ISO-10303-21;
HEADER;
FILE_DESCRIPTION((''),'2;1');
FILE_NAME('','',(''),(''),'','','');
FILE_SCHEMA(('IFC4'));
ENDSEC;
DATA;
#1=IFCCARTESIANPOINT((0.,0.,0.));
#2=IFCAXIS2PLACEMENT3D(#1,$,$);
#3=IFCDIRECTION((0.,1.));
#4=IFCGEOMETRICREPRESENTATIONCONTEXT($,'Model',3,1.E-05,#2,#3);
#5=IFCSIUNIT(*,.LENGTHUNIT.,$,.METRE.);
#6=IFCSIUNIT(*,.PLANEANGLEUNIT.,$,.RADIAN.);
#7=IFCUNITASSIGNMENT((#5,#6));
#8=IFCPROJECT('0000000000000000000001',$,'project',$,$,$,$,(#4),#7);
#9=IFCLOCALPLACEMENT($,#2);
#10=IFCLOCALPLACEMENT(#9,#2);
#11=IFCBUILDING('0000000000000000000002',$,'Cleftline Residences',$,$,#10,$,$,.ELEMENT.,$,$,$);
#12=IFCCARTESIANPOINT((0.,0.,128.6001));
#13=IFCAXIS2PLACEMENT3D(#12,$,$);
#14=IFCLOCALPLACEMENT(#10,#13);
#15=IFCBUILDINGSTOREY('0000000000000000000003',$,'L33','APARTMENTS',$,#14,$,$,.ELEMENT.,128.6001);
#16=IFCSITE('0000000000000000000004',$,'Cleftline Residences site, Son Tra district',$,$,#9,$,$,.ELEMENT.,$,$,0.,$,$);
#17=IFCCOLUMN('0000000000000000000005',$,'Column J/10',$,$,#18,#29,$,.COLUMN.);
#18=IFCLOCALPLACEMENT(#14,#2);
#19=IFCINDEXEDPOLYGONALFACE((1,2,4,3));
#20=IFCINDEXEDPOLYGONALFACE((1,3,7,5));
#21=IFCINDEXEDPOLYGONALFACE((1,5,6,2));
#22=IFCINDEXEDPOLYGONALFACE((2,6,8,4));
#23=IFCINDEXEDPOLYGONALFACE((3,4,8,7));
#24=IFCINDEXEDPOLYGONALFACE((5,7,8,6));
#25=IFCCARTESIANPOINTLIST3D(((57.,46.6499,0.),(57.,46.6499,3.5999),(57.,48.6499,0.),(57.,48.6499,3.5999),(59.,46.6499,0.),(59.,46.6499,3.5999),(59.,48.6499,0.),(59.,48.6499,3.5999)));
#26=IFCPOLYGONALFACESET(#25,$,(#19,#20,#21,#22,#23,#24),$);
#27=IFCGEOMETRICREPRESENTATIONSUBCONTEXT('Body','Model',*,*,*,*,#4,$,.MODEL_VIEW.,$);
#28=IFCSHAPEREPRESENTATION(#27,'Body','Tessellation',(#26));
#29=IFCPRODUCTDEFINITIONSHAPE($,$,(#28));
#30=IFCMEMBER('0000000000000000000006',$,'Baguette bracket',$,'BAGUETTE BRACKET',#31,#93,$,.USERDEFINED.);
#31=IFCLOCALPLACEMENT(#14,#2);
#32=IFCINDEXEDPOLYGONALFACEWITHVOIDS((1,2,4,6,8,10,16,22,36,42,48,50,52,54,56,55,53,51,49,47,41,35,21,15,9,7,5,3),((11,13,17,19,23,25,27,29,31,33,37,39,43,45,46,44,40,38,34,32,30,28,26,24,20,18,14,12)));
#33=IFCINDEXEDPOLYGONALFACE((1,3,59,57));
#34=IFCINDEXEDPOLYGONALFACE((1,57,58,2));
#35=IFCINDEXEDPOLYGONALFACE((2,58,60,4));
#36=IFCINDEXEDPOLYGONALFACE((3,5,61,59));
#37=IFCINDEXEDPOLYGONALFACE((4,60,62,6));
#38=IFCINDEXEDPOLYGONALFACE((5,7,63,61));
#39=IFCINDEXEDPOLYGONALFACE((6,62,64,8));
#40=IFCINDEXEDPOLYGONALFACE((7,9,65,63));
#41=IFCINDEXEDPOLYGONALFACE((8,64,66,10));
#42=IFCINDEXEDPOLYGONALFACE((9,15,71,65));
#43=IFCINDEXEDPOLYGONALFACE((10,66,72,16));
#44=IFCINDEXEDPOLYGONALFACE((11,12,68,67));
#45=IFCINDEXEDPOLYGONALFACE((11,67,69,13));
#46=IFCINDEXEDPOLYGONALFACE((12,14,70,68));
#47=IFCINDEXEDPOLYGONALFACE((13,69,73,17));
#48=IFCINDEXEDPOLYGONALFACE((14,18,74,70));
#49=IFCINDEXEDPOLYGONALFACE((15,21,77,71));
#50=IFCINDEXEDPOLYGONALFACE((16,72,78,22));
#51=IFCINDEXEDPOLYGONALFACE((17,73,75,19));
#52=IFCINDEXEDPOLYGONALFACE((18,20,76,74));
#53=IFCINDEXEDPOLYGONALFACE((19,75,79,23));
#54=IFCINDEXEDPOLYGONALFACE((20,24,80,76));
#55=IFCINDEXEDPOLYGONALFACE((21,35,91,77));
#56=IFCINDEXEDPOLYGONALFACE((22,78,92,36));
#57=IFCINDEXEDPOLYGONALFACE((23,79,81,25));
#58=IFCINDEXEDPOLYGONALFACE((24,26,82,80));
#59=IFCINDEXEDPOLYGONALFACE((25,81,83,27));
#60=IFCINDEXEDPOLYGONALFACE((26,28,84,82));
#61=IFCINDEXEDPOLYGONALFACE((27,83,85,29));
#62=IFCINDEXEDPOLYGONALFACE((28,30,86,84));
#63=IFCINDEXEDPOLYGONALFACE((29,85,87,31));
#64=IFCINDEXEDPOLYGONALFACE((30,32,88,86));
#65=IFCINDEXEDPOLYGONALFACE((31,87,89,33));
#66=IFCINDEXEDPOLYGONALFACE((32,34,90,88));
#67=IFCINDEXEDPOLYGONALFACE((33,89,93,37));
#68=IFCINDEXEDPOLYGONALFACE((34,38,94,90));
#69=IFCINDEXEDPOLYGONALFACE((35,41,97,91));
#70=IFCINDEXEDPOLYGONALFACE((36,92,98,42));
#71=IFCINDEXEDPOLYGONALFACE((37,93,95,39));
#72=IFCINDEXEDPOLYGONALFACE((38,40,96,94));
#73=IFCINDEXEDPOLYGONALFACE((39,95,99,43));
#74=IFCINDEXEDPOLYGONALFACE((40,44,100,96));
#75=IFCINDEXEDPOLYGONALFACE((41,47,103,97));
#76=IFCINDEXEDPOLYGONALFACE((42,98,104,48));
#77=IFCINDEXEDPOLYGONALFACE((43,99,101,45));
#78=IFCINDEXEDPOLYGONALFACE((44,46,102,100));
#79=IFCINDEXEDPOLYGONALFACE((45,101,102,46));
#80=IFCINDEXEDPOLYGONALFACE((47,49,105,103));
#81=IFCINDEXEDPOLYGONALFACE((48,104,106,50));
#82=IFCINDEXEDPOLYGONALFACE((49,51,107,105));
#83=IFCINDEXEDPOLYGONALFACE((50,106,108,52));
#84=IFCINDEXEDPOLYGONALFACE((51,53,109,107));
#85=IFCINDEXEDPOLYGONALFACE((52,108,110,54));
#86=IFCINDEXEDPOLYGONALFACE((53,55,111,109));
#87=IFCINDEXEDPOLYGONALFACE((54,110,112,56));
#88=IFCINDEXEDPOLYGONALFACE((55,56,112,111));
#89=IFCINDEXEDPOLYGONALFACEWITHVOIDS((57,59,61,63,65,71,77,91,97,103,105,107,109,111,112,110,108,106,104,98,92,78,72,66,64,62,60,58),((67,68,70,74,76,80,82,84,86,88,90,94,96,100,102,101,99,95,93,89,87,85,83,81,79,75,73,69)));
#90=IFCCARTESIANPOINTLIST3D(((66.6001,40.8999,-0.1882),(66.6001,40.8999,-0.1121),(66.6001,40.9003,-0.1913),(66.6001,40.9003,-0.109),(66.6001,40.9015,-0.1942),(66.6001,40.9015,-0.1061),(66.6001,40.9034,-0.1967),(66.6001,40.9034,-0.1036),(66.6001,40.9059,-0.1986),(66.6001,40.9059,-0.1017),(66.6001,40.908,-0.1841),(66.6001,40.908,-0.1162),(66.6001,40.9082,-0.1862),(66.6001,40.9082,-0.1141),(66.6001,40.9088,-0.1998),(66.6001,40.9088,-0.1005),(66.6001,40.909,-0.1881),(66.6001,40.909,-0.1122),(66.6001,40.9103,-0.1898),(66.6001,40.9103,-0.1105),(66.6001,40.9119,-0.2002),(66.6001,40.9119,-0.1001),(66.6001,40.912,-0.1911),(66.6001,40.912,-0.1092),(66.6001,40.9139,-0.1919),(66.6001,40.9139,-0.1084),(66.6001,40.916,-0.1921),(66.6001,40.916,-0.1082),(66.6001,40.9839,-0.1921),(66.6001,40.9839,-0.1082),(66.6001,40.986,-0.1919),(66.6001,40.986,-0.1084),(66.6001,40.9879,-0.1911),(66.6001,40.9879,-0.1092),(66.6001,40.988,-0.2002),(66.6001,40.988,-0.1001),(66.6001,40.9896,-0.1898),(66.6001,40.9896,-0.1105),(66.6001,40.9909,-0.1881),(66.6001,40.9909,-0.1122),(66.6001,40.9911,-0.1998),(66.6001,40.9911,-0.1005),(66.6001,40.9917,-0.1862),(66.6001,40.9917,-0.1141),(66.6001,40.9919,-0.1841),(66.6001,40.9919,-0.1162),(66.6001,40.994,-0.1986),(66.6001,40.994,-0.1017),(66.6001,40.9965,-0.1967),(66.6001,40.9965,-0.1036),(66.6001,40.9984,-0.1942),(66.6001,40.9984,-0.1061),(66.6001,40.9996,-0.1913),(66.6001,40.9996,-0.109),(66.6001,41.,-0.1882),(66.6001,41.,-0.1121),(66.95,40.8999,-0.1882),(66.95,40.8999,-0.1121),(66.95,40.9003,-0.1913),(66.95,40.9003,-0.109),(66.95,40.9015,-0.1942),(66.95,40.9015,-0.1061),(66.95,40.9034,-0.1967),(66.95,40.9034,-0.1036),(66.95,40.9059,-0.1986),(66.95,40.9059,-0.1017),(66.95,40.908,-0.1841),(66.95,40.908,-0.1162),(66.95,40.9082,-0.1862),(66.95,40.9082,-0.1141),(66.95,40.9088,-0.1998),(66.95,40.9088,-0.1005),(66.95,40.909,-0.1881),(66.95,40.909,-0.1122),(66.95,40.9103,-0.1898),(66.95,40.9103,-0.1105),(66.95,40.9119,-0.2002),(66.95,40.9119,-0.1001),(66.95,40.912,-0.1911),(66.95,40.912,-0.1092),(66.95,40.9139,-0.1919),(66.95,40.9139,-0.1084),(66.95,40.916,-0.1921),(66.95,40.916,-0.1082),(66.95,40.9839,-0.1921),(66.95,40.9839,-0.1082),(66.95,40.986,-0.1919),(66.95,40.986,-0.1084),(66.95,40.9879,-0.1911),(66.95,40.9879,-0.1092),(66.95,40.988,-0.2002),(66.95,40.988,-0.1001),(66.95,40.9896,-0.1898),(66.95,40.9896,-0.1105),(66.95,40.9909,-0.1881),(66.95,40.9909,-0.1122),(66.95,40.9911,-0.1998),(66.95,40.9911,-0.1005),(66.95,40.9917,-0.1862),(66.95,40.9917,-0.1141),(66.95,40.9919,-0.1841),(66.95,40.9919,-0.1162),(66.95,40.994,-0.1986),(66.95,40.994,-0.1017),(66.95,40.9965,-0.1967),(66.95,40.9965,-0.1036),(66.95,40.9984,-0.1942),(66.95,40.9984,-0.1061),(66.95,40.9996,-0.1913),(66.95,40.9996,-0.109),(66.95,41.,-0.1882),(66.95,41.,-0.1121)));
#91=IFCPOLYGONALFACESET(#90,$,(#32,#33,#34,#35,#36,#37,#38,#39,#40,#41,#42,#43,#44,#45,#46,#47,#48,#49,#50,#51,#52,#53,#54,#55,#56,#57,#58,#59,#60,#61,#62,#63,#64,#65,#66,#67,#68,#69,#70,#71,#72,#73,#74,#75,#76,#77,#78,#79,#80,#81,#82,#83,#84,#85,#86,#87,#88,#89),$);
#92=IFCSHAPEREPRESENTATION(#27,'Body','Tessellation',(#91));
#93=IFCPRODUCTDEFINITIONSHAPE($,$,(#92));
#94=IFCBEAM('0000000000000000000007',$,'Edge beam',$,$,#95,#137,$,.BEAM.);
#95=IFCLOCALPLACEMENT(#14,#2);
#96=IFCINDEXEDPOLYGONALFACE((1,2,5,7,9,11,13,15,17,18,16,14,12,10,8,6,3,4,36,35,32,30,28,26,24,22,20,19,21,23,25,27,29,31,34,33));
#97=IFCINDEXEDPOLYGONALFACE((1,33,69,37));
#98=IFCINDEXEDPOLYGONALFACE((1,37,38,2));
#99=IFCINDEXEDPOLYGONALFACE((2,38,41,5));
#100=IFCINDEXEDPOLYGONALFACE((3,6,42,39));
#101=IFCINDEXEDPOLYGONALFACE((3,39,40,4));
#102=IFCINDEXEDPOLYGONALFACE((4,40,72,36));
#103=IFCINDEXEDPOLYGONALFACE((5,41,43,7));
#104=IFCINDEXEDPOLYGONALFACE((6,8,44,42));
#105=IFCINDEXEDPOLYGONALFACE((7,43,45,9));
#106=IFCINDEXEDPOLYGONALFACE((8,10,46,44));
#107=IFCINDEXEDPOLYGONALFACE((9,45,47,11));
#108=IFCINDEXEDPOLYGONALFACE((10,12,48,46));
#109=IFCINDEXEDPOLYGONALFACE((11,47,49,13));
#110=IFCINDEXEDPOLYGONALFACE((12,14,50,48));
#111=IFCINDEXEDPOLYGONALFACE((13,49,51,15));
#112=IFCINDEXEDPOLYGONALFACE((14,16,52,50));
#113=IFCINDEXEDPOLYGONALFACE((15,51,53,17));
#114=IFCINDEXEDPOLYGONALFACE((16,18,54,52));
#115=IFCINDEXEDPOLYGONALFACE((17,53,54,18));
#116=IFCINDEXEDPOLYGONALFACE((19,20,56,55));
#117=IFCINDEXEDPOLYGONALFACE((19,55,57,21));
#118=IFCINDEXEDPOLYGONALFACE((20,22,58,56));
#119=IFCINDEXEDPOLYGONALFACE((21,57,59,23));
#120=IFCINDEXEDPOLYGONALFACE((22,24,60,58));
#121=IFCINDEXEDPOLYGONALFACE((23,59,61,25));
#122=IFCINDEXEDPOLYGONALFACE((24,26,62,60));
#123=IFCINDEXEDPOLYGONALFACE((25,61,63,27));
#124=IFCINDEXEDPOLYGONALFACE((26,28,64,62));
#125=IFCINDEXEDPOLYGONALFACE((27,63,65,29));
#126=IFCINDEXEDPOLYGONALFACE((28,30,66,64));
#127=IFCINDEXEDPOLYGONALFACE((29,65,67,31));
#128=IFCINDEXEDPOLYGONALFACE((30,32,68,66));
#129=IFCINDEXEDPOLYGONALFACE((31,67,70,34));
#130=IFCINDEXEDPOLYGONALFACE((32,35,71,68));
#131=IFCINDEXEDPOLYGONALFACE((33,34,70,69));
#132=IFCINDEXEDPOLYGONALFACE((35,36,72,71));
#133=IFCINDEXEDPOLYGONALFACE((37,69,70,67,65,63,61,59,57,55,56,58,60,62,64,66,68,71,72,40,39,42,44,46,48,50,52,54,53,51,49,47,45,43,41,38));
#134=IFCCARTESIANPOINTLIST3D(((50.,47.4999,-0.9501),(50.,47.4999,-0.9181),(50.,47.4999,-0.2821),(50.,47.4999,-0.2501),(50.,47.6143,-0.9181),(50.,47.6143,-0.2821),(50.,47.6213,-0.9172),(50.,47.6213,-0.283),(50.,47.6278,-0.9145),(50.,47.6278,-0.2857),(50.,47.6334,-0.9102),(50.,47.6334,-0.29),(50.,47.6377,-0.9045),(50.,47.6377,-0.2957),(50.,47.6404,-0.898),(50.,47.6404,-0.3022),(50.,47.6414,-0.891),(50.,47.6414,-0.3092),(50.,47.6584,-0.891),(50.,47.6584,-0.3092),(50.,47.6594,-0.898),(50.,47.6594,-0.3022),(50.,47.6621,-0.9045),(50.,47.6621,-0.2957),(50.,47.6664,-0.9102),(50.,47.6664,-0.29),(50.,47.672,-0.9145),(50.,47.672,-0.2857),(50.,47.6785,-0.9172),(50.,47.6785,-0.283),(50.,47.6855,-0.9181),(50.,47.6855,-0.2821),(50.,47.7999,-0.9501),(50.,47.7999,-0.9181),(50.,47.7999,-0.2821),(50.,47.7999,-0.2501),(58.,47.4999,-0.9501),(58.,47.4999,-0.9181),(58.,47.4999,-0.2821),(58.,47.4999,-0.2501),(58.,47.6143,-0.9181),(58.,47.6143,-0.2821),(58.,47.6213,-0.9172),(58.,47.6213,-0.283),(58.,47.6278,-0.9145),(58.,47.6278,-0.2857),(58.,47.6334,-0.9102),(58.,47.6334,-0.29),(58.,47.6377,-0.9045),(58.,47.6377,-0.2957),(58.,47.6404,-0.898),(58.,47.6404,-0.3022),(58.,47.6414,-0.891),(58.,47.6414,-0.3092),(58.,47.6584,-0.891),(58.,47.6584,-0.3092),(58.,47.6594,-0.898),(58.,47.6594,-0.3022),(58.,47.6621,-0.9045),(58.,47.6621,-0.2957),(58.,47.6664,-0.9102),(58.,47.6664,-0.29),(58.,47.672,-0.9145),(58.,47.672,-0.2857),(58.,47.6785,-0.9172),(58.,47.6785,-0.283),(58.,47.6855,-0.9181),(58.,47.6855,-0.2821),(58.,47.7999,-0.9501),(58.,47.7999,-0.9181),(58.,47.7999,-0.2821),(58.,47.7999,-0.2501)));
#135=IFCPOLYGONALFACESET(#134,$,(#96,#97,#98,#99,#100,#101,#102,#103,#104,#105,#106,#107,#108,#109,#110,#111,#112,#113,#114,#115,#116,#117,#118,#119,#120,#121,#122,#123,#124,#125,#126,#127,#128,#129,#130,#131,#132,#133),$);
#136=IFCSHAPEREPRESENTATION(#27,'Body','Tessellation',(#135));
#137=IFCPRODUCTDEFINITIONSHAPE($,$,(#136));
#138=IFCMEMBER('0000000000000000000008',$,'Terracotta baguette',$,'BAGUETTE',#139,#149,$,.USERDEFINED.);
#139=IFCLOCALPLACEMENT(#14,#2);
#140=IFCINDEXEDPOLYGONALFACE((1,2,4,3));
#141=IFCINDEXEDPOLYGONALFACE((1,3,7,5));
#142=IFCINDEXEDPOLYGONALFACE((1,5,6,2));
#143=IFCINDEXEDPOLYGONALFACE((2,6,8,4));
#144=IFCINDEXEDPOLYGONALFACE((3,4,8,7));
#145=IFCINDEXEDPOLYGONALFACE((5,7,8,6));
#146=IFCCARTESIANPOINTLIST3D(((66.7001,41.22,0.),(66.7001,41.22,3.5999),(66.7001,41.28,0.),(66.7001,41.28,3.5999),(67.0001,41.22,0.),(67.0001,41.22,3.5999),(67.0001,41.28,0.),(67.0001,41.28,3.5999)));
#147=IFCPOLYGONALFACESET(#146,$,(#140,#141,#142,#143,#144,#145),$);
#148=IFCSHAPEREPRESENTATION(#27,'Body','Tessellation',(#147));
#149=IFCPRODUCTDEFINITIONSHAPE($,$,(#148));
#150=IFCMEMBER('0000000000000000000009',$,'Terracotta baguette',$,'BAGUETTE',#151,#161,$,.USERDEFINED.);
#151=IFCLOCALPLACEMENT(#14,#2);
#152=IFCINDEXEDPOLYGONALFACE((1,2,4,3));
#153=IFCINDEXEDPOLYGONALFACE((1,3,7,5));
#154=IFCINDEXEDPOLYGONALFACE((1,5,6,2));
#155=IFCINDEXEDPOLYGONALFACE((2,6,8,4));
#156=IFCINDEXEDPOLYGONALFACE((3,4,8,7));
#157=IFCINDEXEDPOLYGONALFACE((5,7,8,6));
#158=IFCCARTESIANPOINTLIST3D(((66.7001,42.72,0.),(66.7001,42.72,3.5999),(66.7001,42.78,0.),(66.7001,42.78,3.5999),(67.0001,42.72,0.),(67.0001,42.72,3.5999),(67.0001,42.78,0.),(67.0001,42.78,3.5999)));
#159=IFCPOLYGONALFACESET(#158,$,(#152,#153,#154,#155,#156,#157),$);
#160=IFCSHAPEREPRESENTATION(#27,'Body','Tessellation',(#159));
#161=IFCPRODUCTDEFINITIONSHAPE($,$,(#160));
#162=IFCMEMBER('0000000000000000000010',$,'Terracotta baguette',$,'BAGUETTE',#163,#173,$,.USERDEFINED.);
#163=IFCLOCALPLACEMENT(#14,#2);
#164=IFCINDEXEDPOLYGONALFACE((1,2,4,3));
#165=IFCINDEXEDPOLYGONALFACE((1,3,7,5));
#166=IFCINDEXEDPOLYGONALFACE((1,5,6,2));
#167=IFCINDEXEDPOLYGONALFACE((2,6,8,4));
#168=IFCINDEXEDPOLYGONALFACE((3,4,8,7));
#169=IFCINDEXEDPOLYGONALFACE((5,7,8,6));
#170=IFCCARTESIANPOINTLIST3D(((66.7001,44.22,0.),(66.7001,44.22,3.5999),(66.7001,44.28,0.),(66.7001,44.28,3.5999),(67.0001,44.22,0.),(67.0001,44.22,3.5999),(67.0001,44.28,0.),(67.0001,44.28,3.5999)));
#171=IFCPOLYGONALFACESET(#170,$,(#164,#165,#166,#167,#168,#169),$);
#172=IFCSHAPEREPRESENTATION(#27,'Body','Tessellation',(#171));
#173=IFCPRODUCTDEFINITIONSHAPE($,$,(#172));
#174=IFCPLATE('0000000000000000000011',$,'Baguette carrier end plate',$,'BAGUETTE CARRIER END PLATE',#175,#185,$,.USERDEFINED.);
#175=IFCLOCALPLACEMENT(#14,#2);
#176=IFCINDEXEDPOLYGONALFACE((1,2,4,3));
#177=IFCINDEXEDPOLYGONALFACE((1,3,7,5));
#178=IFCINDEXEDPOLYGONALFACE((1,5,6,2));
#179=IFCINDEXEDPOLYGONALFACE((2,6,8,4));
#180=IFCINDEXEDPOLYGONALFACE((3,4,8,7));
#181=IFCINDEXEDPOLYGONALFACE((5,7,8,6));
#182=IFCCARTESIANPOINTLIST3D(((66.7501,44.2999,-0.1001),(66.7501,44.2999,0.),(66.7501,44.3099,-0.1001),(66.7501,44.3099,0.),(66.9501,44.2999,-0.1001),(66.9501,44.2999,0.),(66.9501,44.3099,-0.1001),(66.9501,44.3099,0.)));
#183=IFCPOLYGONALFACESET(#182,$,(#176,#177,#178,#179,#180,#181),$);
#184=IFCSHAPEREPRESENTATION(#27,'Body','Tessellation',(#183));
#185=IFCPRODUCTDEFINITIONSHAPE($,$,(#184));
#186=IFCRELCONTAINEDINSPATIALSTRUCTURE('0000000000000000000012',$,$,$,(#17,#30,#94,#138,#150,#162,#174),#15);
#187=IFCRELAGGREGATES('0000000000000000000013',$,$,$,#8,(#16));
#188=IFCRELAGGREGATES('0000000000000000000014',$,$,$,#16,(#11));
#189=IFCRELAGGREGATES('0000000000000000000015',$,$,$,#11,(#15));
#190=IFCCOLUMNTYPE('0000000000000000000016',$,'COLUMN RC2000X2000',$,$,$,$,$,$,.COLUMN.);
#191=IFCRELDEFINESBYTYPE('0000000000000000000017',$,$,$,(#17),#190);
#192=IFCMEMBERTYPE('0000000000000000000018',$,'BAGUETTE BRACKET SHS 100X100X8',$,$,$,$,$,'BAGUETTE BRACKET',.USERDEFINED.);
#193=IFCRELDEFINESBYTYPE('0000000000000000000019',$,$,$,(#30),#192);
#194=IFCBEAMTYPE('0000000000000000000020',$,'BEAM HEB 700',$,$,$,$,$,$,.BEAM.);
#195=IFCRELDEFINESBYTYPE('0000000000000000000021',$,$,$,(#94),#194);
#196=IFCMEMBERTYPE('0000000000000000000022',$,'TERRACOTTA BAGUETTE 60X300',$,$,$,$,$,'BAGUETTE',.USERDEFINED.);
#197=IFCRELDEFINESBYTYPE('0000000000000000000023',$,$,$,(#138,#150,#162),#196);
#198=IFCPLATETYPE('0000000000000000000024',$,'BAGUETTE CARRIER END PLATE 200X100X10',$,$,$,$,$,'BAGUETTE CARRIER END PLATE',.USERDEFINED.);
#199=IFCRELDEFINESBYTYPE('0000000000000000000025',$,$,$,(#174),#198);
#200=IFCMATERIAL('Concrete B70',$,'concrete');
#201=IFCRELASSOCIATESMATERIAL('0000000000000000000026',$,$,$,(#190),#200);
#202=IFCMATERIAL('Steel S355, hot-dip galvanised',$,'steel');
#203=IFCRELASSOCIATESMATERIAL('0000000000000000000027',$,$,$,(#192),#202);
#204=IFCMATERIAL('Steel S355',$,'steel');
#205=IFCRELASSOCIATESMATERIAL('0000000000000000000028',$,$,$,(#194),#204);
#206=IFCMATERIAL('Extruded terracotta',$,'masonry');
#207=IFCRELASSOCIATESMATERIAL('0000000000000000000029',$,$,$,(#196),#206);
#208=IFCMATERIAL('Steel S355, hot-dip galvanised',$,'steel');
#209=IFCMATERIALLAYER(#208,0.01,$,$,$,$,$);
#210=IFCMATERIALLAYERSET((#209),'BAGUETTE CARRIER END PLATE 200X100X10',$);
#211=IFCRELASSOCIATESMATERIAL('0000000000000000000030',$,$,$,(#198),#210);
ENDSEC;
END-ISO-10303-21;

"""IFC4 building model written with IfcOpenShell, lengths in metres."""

from ifc_helpers import new_model, si_unit, direction, frame, origin, origin_2d, place, context, subcontext, project, spatial, rectangle, hollow_rectangle, i_section, extrude, material, layer, layer_set, material_profile, profile_set, type_object, element, save


model = new_model("IFC4")

# Units and contexts
model_context = context("Model", 3, precision=1e-05, world=origin(), true_north=direction((0.0, 1.0)))
body_context = subcontext(model_context, "Body", "Model", "MODEL_VIEW")
ifc_project = project(units=[si_unit("LENGTHUNIT", "METRE"), si_unit("PLANEANGLEUNIT", "RADIAN")], contexts=[model_context])

# Site, building, storey
site_placement = place(None, origin())
site = spatial("IfcSite", under=ifc_project, at=site_placement, Name="Cleftline Residences site, Son Tra district", CompositionType="ELEMENT", RefElevation=0.0)
building_placement = place(site_placement, origin())
building = spatial("IfcBuilding", under=site, at=building_placement, Name="Cleftline Residences", CompositionType="ELEMENT")
storey_placement = place(building_placement, frame((0.0, 0.0, 128.6001)))
storey = spatial("IfcBuildingStorey", under=building, at=storey_placement, Name="L33", Description="APARTMENTS", CompositionType="ELEMENT", Elevation=128.6001)

# Column
ifc_material_1 = material(Name="Concrete B70", Category="concrete")
ifc_material_profile_1 = material_profile(ifc_material_1, rectangle(XDim=2.0, YDim=2.0, at=origin_2d()))
ifc_profile_set_1 = profile_set([ifc_material_profile_1], Name="Concrete B70")
column_type = type_object("IfcColumnType", Name="COLUMN RC2000X2000", PredefinedType="COLUMN", material=ifc_profile_set_1)
column_placement = place(storey_placement, frame((58.0, 47.6499, 0.0), z_axis=(0.0, 0.0, 1.0), x_axis=(1.0, 0.0, 0.0)))
element("IfcColumn", 1, at=column_placement, inside=storey, type_object=column_type, Name="Column J/10", PredefinedType="COLUMN", context=body_context, shape_type="SweptSolid", body=[
    extrude(rectangle(XDim=2.0, YDim=2.0, at=origin_2d()), origin(), (0.0, 0.0, 1.0), 3.5999),
])

# Member
ifc_material_2 = material(Name="Steel S355, hot-dip galvanised", Category="steel")
ifc_material_profile_2 = material_profile(ifc_material_2, hollow_rectangle(XDim=0.1001, YDim=0.1001, WallThickness=0.0081, InnerFilletRadius=0.0081, OuterFilletRadius=0.012, at=origin_2d()))
ifc_profile_set_2 = profile_set([ifc_material_profile_2], Name="Steel S355, hot-dip galvanised")
member_type_1 = type_object("IfcMemberType", Name="BAGUETTE BRACKET SHS 100X100X8", ElementType="BAGUETTE BRACKET", PredefinedType="USERDEFINED", material=ifc_profile_set_2)
member_placement = place(storey_placement, frame((66.6001, 40.95, -0.1501), z_axis=(1.0, 0.0, 0.0), x_axis=(0.0, 1.0, 0.0)))
element("IfcMember", 2, at=member_placement, inside=storey, type_object=member_type_1, Name="Baguette bracket", ObjectType="BAGUETTE BRACKET", PredefinedType="USERDEFINED", context=body_context, shape_type="SweptSolid", body=[
    extrude(hollow_rectangle(XDim=0.1001, YDim=0.1001, WallThickness=0.0081, InnerFilletRadius=0.0081, OuterFilletRadius=0.012, at=origin_2d()), origin(), (0.0, 0.0, 1.0), 0.3499),
])

# Beam
ifc_material_3 = material(Name="Steel S355", Category="steel")
ifc_material_profile_3 = material_profile(ifc_material_3, i_section(OverallWidth=0.3, OverallDepth=0.7, WebThickness=0.0171, FlangeThickness=0.032, FilletRadius=0.0271, at=origin_2d()))
ifc_profile_set_3 = profile_set([ifc_material_profile_3], Name="Steel S355")
beam_type = type_object("IfcBeamType", Name="BEAM HEB 700", PredefinedType="BEAM", material=ifc_profile_set_3)
beam_placement = place(storey_placement, frame((58.0, 47.6499, -0.6001), z_axis=(-1.0, 0.0, 0.0), x_axis=(0.0, -1.0, 0.0)))
element("IfcBeam", 3, at=beam_placement, inside=storey, type_object=beam_type, Name="Edge beam", PredefinedType="BEAM", context=body_context, shape_type="SweptSolid", body=[
    extrude(i_section(OverallWidth=0.3, OverallDepth=0.7, WebThickness=0.0171, FlangeThickness=0.032, FilletRadius=0.0271, at=origin_2d()), origin(), (0.0, 0.0, 1.0), 8.0),
])

# Members
ifc_material_4 = material(Name="Extruded terracotta", Category="masonry")
ifc_material_profile_4 = material_profile(ifc_material_4, rectangle(XDim=0.0601, YDim=0.3, at=origin_2d()))
ifc_profile_set_4 = profile_set([ifc_material_profile_4], Name="Extruded terracotta")
member_type_2 = type_object("IfcMemberType", Name="TERRACOTTA BAGUETTE 60X300", ElementType="BAGUETTE", PredefinedType="USERDEFINED", material=ifc_profile_set_4)
for number, where, z_axis, x_axis, name in (
    (4, (66.8501, 41.25, 0.0), (0.0, 0.0, 1.0), (0.0, 1.0, 0.0), "Terracotta baguette"),
    (5, (66.8501, 42.75, 0.0), (0.0, 0.0, 1.0), (0.0, 1.0, 0.0), "Terracotta baguette"),
    (6, (66.8501, 44.25, 0.0), (0.0, 0.0, 1.0), (0.0, 1.0, 0.0), "Terracotta baguette"),
):
    element("IfcMember", number, at=place(storey_placement, frame(where, z_axis=z_axis, x_axis=x_axis)), inside=storey, type_object=member_type_2, Name=name, ObjectType="BAGUETTE", PredefinedType="USERDEFINED", context=body_context, shape_type="SweptSolid", body=[
        extrude(rectangle(XDim=0.0601, YDim=0.3, at=origin_2d()), origin(), (0.0, 0.0, 1.0), 3.5999),
    ])

# Plate
ifc_material_5 = material(Name="Steel S355, hot-dip galvanised", Category="steel")
ifc_layer_1 = layer(ifc_material_5, 0.01)
ifc_layer_set_1 = layer_set([ifc_layer_1], Name="BAGUETTE CARRIER END PLATE 200X100X10")
plate_type = type_object("IfcPlateType", Name="BAGUETTE CARRIER END PLATE 200X100X10", ElementType="BAGUETTE CARRIER END PLATE", PredefinedType="USERDEFINED", material=ifc_layer_set_1)
plate_placement = place(storey_placement, frame((66.8501, 44.3049, -0.1001), z_axis=(0.0, 0.0, 1.0), x_axis=(1.0, 0.0, 0.0)))
element("IfcPlate", 7, at=plate_placement, inside=storey, type_object=plate_type, Name="Baguette carrier end plate", ObjectType="BAGUETTE CARRIER END PLATE", PredefinedType="USERDEFINED", context=body_context, shape_type="SweptSolid", body=[
    extrude(rectangle(XDim=0.2, YDim=0.01, at=origin_2d()), origin(), (0.0, 0.0, 1.0), 0.1001),
])

save(model, "model.ifc")
